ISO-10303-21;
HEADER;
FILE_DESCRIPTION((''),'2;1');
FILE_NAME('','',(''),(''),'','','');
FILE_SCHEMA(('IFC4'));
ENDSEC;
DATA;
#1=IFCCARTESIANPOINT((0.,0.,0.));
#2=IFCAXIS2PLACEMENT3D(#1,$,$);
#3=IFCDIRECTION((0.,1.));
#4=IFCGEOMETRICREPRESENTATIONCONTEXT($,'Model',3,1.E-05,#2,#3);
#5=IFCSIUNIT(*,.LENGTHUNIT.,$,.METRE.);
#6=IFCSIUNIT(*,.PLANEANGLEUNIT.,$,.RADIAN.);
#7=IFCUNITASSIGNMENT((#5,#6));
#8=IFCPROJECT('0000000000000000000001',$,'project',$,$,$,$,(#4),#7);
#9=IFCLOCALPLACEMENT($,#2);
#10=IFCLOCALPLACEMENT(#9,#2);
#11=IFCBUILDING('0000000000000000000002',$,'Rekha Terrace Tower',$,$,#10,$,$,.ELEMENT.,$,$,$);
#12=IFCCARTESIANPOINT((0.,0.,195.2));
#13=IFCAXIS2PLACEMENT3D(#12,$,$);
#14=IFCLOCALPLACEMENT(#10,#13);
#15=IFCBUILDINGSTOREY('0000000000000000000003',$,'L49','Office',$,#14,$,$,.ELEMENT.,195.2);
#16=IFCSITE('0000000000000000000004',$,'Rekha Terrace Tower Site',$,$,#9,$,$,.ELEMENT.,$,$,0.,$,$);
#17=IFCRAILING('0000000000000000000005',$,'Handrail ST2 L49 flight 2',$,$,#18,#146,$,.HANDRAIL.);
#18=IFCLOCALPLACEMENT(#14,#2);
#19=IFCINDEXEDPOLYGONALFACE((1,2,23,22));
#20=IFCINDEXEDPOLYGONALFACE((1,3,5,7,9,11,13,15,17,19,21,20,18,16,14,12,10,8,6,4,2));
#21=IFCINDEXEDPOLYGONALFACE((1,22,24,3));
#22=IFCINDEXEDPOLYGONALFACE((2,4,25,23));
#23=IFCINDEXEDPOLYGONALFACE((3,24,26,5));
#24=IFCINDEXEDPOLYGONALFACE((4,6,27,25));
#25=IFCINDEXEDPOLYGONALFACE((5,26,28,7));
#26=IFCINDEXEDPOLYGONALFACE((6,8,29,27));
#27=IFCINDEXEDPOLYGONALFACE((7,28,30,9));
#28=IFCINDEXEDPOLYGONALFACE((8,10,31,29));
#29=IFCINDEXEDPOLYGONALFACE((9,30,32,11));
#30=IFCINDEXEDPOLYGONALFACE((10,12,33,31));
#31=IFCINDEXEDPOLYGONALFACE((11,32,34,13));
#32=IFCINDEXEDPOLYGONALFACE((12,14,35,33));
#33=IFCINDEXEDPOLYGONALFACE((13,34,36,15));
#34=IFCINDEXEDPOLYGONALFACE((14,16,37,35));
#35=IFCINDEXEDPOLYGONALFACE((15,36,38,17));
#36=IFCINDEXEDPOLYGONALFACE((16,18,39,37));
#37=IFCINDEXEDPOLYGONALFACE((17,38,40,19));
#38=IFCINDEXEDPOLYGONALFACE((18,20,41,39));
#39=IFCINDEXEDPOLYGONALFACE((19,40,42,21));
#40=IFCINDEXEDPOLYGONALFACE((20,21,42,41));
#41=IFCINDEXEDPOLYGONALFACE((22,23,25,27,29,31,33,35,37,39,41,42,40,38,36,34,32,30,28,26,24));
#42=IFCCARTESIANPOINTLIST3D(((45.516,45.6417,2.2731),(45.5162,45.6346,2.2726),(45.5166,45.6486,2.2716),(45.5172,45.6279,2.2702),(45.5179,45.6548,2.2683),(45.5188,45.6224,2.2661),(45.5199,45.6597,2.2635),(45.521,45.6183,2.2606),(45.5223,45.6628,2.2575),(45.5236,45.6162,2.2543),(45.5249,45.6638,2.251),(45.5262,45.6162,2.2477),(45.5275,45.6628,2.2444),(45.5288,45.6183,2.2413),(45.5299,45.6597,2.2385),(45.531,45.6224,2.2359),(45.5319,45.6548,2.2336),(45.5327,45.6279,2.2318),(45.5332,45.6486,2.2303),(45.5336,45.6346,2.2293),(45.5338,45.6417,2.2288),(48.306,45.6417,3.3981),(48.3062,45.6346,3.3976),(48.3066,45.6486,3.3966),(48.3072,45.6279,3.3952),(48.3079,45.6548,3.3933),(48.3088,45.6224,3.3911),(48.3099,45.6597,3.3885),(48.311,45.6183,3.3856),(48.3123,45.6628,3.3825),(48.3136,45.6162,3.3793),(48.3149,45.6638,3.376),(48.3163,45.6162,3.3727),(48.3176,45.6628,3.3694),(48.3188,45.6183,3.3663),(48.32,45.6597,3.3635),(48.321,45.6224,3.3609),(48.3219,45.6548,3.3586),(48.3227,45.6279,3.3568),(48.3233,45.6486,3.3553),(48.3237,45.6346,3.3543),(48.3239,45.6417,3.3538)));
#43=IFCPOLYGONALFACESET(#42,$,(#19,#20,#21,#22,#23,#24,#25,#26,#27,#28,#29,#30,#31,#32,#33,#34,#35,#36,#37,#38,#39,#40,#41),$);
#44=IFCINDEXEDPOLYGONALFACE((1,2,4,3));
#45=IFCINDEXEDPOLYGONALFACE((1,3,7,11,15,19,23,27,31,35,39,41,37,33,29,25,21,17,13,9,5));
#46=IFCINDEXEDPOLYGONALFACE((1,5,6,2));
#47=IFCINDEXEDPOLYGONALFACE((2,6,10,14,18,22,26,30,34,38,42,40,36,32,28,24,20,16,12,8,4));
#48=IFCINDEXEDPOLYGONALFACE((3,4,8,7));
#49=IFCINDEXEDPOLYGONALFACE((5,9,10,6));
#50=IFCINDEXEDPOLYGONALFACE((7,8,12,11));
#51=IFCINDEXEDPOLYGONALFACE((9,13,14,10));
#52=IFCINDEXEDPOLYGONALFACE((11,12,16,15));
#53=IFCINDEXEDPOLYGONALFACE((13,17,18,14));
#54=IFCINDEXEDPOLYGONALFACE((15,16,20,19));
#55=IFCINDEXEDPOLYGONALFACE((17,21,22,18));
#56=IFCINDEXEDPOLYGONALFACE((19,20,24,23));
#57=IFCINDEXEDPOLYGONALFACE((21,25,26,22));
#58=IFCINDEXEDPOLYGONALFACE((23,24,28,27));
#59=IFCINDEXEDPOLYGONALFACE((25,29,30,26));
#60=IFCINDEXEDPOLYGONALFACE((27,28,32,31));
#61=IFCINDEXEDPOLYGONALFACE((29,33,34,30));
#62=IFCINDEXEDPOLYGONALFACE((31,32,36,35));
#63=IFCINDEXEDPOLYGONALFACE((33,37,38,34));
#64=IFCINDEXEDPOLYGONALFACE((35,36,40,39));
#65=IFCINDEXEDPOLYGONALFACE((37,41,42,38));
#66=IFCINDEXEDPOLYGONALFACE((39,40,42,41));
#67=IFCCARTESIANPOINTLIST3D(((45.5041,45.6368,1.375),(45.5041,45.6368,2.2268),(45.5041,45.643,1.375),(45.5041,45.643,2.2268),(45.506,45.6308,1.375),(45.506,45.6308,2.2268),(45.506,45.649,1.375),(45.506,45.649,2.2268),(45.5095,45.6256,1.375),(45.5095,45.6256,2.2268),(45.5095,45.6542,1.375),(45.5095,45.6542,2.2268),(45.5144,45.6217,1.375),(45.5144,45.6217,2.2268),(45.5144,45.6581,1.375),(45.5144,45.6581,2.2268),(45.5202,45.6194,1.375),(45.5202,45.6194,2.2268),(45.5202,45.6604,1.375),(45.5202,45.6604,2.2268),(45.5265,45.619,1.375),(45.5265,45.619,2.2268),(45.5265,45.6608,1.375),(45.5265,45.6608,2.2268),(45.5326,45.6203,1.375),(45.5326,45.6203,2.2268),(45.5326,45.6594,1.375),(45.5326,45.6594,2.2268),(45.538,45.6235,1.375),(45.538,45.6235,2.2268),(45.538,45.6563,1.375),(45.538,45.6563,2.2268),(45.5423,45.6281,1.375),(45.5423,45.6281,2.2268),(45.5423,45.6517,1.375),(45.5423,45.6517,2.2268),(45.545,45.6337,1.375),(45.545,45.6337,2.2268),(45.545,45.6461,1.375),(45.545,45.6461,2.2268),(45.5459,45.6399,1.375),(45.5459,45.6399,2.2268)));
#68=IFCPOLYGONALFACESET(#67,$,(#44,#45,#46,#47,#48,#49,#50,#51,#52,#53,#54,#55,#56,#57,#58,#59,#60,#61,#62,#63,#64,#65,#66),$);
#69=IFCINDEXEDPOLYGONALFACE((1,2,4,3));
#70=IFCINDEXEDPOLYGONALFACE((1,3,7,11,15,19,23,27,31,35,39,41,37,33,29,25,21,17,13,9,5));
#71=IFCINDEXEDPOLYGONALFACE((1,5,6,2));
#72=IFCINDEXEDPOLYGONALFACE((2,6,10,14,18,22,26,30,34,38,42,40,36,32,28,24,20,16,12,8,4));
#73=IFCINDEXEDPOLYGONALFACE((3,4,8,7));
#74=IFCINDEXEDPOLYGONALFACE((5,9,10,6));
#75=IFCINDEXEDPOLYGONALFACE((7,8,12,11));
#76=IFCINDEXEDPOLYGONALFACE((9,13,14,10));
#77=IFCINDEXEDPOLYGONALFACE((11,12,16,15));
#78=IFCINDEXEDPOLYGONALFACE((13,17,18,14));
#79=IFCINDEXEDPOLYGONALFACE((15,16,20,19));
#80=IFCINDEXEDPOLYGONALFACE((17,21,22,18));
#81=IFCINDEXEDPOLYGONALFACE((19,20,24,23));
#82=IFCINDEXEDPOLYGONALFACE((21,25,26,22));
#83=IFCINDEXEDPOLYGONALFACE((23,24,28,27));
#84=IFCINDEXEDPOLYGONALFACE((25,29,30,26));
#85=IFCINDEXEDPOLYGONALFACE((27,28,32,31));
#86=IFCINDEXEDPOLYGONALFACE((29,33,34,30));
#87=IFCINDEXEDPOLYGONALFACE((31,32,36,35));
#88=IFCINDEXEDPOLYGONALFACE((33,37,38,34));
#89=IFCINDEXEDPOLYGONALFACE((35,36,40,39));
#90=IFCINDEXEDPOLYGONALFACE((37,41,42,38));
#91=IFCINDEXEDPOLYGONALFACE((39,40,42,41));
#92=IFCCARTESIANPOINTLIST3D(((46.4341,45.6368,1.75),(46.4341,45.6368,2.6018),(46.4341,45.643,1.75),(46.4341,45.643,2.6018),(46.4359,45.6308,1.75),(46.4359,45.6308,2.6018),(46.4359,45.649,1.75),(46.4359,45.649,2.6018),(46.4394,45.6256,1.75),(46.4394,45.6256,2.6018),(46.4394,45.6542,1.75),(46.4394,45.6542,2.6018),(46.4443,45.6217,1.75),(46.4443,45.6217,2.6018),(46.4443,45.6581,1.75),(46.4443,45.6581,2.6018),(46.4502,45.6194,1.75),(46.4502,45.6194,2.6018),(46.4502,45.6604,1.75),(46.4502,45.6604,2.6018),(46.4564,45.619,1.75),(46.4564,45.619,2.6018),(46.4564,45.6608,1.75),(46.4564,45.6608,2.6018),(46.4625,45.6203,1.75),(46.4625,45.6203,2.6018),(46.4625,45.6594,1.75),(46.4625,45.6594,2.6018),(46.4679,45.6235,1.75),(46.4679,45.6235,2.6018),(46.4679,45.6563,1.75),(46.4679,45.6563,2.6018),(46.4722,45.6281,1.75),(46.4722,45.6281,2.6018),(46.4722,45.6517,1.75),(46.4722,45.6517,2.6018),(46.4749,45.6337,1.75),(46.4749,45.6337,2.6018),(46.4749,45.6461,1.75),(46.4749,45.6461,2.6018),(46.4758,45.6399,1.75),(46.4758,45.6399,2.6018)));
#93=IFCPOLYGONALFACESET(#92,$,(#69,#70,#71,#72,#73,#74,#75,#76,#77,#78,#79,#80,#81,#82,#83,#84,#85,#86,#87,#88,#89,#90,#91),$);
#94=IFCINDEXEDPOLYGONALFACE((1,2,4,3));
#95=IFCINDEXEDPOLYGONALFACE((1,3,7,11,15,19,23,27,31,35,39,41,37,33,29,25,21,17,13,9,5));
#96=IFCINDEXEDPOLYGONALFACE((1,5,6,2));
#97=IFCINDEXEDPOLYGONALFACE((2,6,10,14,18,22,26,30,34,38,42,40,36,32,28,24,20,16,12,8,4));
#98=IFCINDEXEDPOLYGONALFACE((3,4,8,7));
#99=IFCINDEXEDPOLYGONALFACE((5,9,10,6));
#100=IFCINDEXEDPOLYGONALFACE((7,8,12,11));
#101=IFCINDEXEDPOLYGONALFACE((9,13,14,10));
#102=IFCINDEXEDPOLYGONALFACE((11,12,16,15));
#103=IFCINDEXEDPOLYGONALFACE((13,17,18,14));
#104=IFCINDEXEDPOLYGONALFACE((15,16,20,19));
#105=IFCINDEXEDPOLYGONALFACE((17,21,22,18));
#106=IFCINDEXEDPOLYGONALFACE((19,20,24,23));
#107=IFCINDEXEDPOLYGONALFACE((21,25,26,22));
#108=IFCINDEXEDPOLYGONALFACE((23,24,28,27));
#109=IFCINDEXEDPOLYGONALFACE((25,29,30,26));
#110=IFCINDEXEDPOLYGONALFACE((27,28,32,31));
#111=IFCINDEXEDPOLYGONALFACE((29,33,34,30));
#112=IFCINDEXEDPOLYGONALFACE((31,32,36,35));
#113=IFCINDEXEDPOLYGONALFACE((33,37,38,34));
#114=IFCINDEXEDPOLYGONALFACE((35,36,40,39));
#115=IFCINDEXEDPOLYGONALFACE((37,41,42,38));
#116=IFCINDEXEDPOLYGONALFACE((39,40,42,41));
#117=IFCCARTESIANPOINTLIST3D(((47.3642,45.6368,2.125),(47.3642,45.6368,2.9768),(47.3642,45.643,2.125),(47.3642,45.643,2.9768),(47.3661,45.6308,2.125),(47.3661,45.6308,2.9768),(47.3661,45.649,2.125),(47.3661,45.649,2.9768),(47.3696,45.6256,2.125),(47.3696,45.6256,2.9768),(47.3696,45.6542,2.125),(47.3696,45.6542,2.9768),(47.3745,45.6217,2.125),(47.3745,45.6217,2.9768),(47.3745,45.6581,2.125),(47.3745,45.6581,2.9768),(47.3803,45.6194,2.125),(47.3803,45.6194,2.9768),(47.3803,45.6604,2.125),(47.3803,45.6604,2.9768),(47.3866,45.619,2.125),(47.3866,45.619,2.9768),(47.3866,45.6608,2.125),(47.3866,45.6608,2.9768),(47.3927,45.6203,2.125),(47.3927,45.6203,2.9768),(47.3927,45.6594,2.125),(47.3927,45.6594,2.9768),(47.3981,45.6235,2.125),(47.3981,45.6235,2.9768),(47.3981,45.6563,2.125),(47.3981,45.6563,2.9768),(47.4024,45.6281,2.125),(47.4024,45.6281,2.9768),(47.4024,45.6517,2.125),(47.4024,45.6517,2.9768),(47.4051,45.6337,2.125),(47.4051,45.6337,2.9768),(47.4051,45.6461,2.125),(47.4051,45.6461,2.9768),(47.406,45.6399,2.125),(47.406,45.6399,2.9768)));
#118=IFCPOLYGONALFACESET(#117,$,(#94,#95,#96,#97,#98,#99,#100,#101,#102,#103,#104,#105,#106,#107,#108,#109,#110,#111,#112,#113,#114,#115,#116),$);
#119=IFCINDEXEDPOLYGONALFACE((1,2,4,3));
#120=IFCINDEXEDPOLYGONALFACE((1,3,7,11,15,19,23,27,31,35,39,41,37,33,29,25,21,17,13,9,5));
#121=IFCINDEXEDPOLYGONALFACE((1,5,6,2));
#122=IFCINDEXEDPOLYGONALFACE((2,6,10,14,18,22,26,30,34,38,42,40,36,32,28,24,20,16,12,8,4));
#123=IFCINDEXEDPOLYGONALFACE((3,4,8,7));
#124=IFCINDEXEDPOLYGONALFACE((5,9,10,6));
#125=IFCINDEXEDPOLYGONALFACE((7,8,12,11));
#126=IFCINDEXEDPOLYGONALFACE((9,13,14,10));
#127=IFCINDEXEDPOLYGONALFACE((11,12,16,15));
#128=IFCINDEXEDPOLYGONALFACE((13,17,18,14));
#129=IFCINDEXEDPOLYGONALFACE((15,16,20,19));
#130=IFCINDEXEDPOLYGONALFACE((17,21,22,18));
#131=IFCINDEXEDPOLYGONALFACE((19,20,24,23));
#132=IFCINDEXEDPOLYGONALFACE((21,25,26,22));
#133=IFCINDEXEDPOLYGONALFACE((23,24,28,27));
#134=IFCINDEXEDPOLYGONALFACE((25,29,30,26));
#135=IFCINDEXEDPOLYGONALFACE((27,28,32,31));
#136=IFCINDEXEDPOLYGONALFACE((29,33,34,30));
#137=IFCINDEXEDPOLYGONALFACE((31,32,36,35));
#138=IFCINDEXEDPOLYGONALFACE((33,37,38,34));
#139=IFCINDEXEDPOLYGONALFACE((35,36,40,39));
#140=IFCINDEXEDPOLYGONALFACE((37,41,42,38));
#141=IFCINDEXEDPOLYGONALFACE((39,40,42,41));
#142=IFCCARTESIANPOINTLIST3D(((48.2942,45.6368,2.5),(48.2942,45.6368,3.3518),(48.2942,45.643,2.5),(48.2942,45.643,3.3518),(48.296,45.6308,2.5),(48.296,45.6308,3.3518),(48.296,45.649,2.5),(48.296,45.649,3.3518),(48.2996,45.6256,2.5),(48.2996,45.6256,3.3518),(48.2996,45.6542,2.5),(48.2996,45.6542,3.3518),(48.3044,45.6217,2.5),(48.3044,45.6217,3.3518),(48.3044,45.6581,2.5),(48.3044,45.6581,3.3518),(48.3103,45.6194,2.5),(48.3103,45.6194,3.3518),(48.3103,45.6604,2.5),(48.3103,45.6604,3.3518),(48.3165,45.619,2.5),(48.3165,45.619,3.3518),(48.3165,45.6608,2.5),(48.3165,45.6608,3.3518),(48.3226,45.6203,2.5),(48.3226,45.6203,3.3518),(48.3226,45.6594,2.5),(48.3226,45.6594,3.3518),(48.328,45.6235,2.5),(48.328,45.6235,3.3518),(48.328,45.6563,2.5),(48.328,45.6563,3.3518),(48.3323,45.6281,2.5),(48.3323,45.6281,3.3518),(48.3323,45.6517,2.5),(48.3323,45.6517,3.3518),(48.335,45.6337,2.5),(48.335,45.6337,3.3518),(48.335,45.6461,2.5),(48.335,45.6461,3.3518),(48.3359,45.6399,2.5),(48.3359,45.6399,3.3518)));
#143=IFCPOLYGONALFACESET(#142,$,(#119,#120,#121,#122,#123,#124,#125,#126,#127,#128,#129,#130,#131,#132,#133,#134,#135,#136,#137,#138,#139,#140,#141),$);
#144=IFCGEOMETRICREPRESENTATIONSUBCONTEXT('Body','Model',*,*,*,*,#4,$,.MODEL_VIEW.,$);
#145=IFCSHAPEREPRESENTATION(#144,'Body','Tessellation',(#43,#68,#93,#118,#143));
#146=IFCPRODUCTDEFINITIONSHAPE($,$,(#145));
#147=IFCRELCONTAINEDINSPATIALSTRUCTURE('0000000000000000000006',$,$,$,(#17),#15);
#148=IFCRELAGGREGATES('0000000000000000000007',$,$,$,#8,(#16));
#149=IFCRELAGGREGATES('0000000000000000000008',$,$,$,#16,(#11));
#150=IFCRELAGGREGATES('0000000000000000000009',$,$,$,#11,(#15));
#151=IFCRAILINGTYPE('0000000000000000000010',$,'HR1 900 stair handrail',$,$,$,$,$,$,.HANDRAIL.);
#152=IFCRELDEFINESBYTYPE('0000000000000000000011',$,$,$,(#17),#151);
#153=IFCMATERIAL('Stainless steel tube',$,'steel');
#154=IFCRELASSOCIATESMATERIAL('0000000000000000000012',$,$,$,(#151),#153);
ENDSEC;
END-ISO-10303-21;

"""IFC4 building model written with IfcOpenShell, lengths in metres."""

from ifc_helpers import new_model, si_unit, direction, frame, origin, origin_2d, place, context, subcontext, project, spatial, circle, extrude, material, type_object, element, save


model = new_model("IFC4")

# Units and contexts
model_context = context("Model", 3, precision=1e-05, world=origin(), true_north=direction((0.0, 1.0)))
body_context = subcontext(model_context, "Body", "Model", "MODEL_VIEW")
ifc_project = project(units=[si_unit("LENGTHUNIT", "METRE"), si_unit("PLANEANGLEUNIT", "RADIAN")], contexts=[model_context])

# Site, building, storey
site_placement = place(None, origin())
site = spatial("IfcSite", under=ifc_project, at=site_placement, Name="Rekha Terrace Tower Site", CompositionType="ELEMENT", RefElevation=0.0)
building_placement = place(site_placement, origin())
building = spatial("IfcBuilding", under=site, at=building_placement, Name="Rekha Terrace Tower", CompositionType="ELEMENT")
storey_placement = place(building_placement, frame((0.0, 0.0, 195.2)))
storey = spatial("IfcBuildingStorey", under=building, at=storey_placement, Name="L49", Description="Office", CompositionType="ELEMENT", Elevation=195.2)

# Railing
ifc_material_1 = material(Name="Stainless steel tube", Category="steel")
railing_type = type_object("IfcRailingType", Name="HR1 900 stair handrail", PredefinedType="HANDRAIL", material=ifc_material_1)
railing_placement = place(storey_placement, frame((45.5249, 45.6399, 1.375)))
element("IfcRailing", 1, at=railing_placement, inside=storey, type_object=railing_type, Name="Handrail ST2 L49 flight 2", PredefinedType="HANDRAIL", context=body_context, shape_type="SweptSolid", body=[
    extrude(circle(Radius=0.0239, at=origin_2d()), frame((0.0, 0.0, 0.876), z_axis=(0.927443, 0.0, 0.373964), x_axis=(0.0, 1.0, 0.0)), (0.0, 0.0, 1.0), 3.0083),
    extrude(circle(Radius=0.021, at=origin_2d()), origin(), (0.0, 0.0, 1.0), 0.8518),
    extrude(circle(Radius=0.021, at=origin_2d()), frame((0.9299, 0.0, 0.375)), (0.0, 0.0, 1.0), 0.8518),
    extrude(circle(Radius=0.021, at=origin_2d()), frame((1.8601, 0.0, 0.75)), (0.0, 0.0, 1.0), 0.8518),
    extrude(circle(Radius=0.021, at=origin_2d()), frame((2.79, 0.0, 1.125)), (0.0, 0.0, 1.0), 0.8518),
])

save(model, "model.ifc")
